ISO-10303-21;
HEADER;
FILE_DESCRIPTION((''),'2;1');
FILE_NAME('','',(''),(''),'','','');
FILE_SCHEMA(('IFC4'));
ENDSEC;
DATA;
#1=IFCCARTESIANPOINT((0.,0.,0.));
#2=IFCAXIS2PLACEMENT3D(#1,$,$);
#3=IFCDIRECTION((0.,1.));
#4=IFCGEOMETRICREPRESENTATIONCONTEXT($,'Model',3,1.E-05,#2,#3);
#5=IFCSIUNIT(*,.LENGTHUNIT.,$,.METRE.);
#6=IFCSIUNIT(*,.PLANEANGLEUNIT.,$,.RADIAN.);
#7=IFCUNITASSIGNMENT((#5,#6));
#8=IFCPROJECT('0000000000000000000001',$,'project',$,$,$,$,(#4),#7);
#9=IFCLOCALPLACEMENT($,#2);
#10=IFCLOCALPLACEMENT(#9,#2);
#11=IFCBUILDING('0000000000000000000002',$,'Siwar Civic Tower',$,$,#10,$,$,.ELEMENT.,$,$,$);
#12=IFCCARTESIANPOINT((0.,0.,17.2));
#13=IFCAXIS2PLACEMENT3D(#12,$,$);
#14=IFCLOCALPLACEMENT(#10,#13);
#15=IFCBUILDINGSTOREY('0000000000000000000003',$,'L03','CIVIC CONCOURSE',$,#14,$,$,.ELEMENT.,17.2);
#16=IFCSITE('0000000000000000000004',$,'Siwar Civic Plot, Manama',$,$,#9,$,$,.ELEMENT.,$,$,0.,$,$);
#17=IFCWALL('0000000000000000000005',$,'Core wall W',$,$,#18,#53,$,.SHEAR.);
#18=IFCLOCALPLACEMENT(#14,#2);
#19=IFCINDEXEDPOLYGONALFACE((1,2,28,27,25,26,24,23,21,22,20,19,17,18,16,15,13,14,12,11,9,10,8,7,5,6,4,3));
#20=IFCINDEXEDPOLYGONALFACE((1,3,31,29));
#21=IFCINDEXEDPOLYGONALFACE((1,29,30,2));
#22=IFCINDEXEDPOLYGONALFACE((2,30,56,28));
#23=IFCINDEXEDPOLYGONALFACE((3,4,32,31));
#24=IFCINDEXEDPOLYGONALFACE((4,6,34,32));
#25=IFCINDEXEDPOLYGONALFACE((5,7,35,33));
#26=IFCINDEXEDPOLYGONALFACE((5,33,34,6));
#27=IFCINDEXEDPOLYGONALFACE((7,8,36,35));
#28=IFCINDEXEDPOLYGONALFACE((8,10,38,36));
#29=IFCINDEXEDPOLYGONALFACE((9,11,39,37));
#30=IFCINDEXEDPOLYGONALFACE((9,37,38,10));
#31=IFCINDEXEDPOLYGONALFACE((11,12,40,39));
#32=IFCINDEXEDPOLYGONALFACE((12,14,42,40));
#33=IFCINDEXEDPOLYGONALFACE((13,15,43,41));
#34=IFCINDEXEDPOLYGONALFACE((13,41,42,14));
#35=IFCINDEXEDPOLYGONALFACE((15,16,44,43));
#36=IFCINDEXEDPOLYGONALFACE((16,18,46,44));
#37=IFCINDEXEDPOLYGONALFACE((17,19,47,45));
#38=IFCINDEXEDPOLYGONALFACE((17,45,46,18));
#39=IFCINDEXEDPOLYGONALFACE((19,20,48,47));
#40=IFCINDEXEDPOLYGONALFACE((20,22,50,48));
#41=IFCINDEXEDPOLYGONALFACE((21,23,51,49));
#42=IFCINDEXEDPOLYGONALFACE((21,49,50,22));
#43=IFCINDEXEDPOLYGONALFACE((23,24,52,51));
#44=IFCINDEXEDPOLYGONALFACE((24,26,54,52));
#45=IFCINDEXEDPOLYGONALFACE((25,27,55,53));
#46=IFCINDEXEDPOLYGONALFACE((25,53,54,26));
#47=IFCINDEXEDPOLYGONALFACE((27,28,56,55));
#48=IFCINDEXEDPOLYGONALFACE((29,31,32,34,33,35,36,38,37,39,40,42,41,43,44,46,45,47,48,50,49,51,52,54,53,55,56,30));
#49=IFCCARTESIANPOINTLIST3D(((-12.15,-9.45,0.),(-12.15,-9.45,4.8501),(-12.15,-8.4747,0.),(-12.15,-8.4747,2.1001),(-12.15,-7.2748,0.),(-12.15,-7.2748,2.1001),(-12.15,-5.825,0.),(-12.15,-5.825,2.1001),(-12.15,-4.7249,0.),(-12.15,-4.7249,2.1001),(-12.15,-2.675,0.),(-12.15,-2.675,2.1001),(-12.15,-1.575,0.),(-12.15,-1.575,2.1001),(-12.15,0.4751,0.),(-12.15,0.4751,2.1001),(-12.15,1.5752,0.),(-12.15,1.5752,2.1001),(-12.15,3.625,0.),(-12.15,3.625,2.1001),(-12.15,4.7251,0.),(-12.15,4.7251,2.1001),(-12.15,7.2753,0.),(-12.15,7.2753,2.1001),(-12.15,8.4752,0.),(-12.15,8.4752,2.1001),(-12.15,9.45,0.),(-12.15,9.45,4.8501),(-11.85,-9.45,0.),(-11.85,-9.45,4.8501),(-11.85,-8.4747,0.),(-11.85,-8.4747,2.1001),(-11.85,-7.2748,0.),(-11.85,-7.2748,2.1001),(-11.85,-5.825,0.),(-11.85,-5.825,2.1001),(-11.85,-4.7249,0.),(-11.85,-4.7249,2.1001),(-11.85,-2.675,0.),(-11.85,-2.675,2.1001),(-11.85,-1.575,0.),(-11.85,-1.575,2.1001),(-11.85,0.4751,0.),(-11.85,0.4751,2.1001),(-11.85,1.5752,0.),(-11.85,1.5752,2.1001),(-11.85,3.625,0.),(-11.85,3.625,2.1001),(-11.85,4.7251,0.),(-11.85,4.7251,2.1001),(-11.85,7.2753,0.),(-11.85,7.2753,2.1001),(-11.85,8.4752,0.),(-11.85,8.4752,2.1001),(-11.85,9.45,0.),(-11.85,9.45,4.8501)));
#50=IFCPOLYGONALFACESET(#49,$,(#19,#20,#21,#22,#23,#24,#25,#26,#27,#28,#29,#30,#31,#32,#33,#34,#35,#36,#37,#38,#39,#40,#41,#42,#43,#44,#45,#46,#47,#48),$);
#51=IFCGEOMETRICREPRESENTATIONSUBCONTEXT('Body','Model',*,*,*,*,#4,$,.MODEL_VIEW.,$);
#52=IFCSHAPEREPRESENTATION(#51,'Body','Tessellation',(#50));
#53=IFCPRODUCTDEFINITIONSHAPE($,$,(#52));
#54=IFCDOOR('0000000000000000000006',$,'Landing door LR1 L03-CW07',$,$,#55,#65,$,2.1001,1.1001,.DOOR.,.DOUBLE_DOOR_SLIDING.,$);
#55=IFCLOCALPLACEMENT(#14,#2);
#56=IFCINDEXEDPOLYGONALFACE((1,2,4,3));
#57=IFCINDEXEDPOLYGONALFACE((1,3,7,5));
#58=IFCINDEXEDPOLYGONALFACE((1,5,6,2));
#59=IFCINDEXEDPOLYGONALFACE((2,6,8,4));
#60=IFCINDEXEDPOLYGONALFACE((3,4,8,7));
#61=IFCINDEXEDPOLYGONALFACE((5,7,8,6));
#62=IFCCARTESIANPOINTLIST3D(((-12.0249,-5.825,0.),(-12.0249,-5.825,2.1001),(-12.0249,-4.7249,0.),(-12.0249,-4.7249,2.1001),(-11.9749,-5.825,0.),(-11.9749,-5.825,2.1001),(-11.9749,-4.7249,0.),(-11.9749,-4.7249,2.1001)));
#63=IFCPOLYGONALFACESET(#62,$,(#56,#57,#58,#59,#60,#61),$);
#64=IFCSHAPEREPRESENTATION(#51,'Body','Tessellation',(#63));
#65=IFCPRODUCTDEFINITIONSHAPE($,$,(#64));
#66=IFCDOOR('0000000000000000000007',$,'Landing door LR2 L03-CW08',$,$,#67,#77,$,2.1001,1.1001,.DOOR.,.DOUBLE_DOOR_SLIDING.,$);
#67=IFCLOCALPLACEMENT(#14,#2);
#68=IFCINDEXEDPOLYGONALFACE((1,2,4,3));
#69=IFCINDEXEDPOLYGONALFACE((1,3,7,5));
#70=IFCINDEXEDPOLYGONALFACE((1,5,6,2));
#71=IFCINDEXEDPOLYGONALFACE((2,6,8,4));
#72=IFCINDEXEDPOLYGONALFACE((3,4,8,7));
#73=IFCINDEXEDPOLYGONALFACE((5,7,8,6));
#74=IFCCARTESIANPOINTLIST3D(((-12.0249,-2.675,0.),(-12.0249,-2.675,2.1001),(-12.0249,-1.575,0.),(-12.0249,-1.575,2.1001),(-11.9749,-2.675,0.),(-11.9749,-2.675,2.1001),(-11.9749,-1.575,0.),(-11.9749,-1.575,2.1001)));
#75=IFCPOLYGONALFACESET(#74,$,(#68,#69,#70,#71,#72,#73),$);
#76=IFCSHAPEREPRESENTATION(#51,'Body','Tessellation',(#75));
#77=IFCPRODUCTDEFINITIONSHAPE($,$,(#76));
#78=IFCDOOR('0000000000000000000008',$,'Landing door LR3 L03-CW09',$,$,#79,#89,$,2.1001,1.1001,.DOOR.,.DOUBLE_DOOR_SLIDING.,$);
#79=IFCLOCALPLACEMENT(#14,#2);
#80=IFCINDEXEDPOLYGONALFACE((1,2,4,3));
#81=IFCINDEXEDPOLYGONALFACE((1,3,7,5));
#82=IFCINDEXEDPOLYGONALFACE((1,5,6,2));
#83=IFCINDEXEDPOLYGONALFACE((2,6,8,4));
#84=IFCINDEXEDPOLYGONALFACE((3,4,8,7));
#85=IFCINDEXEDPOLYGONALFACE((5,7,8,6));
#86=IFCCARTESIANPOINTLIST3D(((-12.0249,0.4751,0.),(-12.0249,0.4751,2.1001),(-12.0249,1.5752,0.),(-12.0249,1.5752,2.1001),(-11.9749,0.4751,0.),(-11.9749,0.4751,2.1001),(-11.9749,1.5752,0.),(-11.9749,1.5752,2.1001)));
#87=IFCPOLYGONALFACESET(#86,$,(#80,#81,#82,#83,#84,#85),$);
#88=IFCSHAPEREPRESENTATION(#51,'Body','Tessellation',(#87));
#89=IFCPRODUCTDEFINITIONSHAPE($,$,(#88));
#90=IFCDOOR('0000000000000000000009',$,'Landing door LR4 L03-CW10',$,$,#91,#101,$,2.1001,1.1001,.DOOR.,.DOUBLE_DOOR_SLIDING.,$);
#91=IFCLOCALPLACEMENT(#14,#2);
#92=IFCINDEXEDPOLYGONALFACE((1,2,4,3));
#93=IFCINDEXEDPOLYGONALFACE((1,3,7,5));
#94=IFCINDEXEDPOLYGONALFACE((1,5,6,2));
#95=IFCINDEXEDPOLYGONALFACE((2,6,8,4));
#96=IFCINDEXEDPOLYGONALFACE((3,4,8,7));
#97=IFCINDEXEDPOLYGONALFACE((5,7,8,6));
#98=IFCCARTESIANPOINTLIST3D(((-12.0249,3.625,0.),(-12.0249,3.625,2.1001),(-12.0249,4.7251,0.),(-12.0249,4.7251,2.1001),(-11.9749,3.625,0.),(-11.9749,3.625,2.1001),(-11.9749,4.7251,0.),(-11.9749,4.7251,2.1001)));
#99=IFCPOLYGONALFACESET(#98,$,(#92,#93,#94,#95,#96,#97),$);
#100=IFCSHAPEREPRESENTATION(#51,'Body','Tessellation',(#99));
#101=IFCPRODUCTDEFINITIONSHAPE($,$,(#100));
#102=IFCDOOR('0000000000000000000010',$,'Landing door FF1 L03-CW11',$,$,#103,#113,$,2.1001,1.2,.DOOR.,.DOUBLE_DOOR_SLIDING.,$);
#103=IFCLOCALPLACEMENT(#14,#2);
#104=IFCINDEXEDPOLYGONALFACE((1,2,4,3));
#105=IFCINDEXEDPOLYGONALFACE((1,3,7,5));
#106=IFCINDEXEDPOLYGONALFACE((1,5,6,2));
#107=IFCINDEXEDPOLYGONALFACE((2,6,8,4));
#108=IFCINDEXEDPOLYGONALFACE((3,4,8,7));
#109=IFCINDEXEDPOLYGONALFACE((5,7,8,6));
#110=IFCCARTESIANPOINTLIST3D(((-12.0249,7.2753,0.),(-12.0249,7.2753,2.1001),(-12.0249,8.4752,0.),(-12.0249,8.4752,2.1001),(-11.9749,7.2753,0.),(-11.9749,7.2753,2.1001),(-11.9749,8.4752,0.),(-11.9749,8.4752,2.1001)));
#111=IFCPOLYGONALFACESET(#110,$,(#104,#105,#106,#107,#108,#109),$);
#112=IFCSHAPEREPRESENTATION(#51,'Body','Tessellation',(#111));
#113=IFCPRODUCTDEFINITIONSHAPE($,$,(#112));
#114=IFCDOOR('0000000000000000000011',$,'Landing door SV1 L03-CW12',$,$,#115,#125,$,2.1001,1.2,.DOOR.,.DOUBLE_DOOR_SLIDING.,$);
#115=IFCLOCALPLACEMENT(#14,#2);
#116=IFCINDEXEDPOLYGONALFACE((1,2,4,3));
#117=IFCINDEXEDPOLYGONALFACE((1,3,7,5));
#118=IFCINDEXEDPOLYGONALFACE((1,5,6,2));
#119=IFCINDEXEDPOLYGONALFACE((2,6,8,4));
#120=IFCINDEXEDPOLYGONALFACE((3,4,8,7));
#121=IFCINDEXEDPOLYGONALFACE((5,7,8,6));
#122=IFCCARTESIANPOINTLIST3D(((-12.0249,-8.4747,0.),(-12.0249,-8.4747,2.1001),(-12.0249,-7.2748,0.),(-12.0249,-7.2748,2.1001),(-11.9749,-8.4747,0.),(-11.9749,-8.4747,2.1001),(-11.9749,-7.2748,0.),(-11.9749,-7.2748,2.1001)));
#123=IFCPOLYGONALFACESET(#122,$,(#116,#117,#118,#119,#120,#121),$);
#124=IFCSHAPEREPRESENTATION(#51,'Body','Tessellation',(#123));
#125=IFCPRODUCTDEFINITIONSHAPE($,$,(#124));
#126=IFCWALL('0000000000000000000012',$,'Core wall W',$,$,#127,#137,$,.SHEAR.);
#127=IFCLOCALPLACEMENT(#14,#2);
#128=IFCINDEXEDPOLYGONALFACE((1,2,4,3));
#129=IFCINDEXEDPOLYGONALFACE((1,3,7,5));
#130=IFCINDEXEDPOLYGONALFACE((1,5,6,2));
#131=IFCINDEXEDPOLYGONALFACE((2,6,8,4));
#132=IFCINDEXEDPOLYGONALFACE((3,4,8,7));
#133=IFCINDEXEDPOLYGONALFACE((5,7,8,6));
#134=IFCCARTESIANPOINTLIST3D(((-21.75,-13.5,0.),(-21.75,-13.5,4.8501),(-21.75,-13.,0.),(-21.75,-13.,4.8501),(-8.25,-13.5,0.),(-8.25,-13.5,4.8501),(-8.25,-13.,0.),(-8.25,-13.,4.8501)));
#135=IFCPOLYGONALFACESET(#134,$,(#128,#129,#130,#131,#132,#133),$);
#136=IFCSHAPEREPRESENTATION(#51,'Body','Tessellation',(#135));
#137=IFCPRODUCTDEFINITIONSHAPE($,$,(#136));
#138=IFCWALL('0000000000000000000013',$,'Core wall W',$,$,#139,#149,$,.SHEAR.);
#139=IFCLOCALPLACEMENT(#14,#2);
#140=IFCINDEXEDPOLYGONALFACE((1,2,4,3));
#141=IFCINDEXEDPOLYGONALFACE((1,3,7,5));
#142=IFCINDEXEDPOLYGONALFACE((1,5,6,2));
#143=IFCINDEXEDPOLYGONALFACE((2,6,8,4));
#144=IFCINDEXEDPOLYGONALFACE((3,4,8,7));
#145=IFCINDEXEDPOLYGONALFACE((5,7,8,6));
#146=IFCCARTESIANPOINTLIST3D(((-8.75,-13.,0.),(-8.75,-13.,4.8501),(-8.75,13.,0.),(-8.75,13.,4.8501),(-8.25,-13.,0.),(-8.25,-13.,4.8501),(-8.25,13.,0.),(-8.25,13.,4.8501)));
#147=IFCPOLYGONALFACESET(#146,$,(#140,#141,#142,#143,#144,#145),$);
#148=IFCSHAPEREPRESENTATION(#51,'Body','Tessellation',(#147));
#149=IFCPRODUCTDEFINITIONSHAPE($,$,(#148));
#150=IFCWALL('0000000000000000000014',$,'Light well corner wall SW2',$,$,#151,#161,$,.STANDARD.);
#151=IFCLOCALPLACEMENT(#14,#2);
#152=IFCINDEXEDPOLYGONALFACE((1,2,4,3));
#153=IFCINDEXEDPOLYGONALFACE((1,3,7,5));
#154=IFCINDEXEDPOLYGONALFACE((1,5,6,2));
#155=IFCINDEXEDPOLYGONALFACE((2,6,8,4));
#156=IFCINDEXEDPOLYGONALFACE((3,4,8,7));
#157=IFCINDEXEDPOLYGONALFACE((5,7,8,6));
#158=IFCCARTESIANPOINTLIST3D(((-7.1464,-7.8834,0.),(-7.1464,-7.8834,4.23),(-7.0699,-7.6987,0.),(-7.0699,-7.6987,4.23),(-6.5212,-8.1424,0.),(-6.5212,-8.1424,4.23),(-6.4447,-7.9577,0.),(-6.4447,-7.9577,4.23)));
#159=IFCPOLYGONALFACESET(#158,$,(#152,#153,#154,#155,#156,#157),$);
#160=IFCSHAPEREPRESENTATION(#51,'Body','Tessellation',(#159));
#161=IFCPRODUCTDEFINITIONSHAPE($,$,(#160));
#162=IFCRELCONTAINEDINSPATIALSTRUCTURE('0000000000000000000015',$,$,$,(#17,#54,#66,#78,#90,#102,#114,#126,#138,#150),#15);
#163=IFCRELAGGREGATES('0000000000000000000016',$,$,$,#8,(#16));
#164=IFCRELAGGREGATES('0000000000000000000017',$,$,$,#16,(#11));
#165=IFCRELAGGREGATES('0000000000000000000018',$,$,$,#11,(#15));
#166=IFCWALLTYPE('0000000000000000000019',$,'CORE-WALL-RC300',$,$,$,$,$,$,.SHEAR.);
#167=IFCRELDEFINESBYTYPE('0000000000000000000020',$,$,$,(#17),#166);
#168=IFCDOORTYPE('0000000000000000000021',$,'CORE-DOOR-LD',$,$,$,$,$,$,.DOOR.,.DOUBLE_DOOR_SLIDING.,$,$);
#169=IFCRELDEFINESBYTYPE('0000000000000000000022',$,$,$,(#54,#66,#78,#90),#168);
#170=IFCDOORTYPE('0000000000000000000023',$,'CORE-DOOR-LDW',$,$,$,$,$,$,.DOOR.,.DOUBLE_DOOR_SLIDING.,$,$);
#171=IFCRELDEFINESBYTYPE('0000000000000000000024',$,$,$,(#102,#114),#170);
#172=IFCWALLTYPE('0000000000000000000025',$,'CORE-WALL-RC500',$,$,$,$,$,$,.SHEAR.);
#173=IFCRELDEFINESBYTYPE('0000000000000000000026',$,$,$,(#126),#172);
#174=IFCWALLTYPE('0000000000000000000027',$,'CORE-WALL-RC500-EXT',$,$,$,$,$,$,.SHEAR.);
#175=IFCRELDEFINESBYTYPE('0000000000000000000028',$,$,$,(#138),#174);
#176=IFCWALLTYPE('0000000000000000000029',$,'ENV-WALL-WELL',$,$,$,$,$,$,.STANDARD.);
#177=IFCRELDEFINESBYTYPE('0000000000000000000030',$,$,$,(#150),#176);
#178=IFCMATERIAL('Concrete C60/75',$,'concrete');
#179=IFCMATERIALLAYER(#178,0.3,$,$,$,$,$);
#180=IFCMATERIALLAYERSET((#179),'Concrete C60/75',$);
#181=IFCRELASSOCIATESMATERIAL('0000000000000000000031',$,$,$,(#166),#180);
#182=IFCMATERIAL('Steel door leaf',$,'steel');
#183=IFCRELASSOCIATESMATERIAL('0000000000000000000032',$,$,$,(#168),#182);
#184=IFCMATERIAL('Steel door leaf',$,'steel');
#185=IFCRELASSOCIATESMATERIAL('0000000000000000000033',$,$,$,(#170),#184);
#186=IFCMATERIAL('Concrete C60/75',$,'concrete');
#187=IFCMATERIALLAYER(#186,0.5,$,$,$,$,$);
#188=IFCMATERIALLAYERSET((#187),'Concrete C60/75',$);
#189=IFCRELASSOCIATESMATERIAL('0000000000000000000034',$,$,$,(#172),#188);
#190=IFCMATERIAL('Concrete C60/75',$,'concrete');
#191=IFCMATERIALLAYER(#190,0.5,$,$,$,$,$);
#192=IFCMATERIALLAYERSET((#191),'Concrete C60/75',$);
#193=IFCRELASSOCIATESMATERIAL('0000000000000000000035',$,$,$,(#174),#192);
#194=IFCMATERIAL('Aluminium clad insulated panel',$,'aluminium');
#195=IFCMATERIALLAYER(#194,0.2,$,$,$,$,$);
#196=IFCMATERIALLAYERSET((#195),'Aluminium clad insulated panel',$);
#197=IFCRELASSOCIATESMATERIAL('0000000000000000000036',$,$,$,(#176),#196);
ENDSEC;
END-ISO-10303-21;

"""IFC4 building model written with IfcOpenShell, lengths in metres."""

from ifc_helpers import new_model, si_unit, direction, frame, frame_2d, origin, place, context, subcontext, project, spatial, rectangle, extrude, material, layer, layer_set, type_object, element, fill, save


model = new_model("IFC4")

# Units and contexts
model_context = context("Model", 3, precision=1e-05, world=origin(), true_north=direction((0.0, 1.0)))
body_context = subcontext(model_context, "Body", "Model", "MODEL_VIEW")
ifc_project = project(units=[si_unit("LENGTHUNIT", "METRE"), si_unit("PLANEANGLEUNIT", "RADIAN")], contexts=[model_context])

# Site, building, storey
site_placement = place(None, origin())
site = spatial("IfcSite", under=ifc_project, at=site_placement, Name="Siwar Civic Plot, Manama", CompositionType="ELEMENT", RefElevation=0.0)
building_placement = place(site_placement, origin())
building = spatial("IfcBuilding", under=site, at=building_placement, Name="Siwar Civic Tower", CompositionType="ELEMENT")
storey_placement = place(building_placement, frame((0.0, 0.0, 17.2)))
storey = spatial("IfcBuildingStorey", under=building, at=storey_placement, Name="L03", Description="CIVIC CONCOURSE", CompositionType="ELEMENT", Elevation=17.2)

# Wall, openings, doors
ifc_material_1 = material(Name="Concrete C60/75", Category="concrete")
ifc_layer_1 = layer(ifc_material_1, 0.3)
ifc_layer_set_1 = layer_set([ifc_layer_1], Name="Concrete C60/75")
wall_type_1 = type_object("IfcWallType", Name="CORE-WALL-RC300", PredefinedType="SHEAR", material=ifc_layer_set_1)
wall_1_placement = place(storey_placement, frame((-12.0, -9.45, 0.0), z_axis=(0.0, 0.0, 1.0), x_axis=(0.0, 1.0, 0.0)))
wall_1 = element("IfcWall", 1, at=wall_1_placement, inside=storey, type_object=wall_type_1, Name="Core wall W", PredefinedType="SHEAR", context=body_context, shape_type="SweptSolid", body=[
    extrude(rectangle(XDim=18.8999, YDim=0.3, at=frame_2d((9.45, 0.0))), origin(), (0.0, 0.0, 1.0), 4.8501),
])
opening_1_placement = place(wall_1_placement, frame((3.625, 0.0, 0.0)))
opening_1 = element("IfcOpeningElement", 2, at=opening_1_placement, cuts=wall_1, PredefinedType="OPENING", context=body_context, shape_type="SweptSolid", body=[
    extrude(rectangle(XDim=1.1001, YDim=2.1001, at=frame_2d((0.55, 1.05))), frame((0.0, 0.1602, 0.0), z_axis=(0.0, -1.0, 0.0), x_axis=(1.0, 0.0, 0.0)), (0.0, 0.0, 1.0), 0.3201),
])
opening_2_placement = place(wall_1_placement, frame((6.7749, 0.0, 0.0)))
opening_2 = element("IfcOpeningElement", 3, at=opening_2_placement, cuts=wall_1, PredefinedType="OPENING", context=body_context, shape_type="SweptSolid", body=[
    extrude(rectangle(XDim=1.1001, YDim=2.1001, at=frame_2d((0.55, 1.05))), frame((0.0, 0.1602, 0.0), z_axis=(0.0, -1.0, 0.0), x_axis=(1.0, 0.0, 0.0)), (0.0, 0.0, 1.0), 0.3201),
])
opening_3_placement = place(wall_1_placement, frame((9.925, 0.0, 0.0)))
opening_3 = element("IfcOpeningElement", 4, at=opening_3_placement, cuts=wall_1, PredefinedType="OPENING", context=body_context, shape_type="SweptSolid", body=[
    extrude(rectangle(XDim=1.1001, YDim=2.1001, at=frame_2d((0.55, 1.05))), frame((0.0, 0.1602, 0.0), z_axis=(0.0, -1.0, 0.0), x_axis=(1.0, 0.0, 0.0)), (0.0, 0.0, 1.0), 0.3201),
])
opening_4_placement = place(wall_1_placement, frame((13.075, 0.0, 0.0)))
opening_4 = element("IfcOpeningElement", 5, at=opening_4_placement, cuts=wall_1, PredefinedType="OPENING", context=body_context, shape_type="SweptSolid", body=[
    extrude(rectangle(XDim=1.1001, YDim=2.1001, at=frame_2d((0.55, 1.05))), frame((0.0, 0.1602, 0.0), z_axis=(0.0, -1.0, 0.0), x_axis=(1.0, 0.0, 0.0)), (0.0, 0.0, 1.0), 0.3201),
])
opening_5_placement = place(wall_1_placement, frame((16.7251, 0.0, 0.0)))
opening_5 = element("IfcOpeningElement", 6, at=opening_5_placement, cuts=wall_1, PredefinedType="OPENING", context=body_context, shape_type="SweptSolid", body=[
    extrude(rectangle(XDim=1.2, YDim=2.1001, at=frame_2d((0.6001, 1.05))), frame((0.0, 0.1602, 0.0), z_axis=(0.0, -1.0, 0.0), x_axis=(1.0, 0.0, 0.0)), (0.0, 0.0, 1.0), 0.3201),
])
opening_6_placement = place(wall_1_placement, frame((0.9751, 0.0, 0.0)))
opening_6 = element("IfcOpeningElement", 7, at=opening_6_placement, cuts=wall_1, PredefinedType="OPENING", context=body_context, shape_type="SweptSolid", body=[
    extrude(rectangle(XDim=1.2, YDim=2.1001, at=frame_2d((0.6001, 1.05))), frame((0.0, 0.1602, 0.0), z_axis=(0.0, -1.0, 0.0), x_axis=(1.0, 0.0, 0.0)), (0.0, 0.0, 1.0), 0.3201),
])
ifc_material_2 = material(Name="Steel door leaf", Category="steel")
door_type_1 = type_object("IfcDoorType", Name="CORE-DOOR-LD", OperationType="DOUBLE_DOOR_SLIDING", PredefinedType="DOOR", material=ifc_material_2)
door_1_placement = place(opening_1_placement, origin())
door_1 = element("IfcDoor", 8, at=door_1_placement, inside=storey, type_object=door_type_1, Name="Landing door LR1 L03-CW07", OperationType="DOUBLE_DOOR_SLIDING", OverallHeight=2.1001, OverallWidth=1.1001, PredefinedType="DOOR", context=body_context, shape_type="SweptSolid", body=[
    extrude(rectangle(XDim=1.1001, YDim=2.1001, at=frame_2d((0.55, 1.05))), frame((0.0, 0.0249, 0.0), z_axis=(0.0, -1.0, 0.0), x_axis=(1.0, 0.0, 0.0)), (0.0, 0.0, 1.0), 0.05),
])
fill(opening_1, door_1)
door_2_placement = place(opening_2_placement, origin())
door_2 = element("IfcDoor", 9, at=door_2_placement, inside=storey, type_object=door_type_1, Name="Landing door LR2 L03-CW08", OperationType="DOUBLE_DOOR_SLIDING", OverallHeight=2.1001, OverallWidth=1.1001, PredefinedType="DOOR", context=body_context, shape_type="SweptSolid", body=[
    extrude(rectangle(XDim=1.1001, YDim=2.1001, at=frame_2d((0.55, 1.05))), frame((0.0, 0.0249, 0.0), z_axis=(0.0, -1.0, 0.0), x_axis=(1.0, 0.0, 0.0)), (0.0, 0.0, 1.0), 0.05),
])
fill(opening_2, door_2)
door_3_placement = place(opening_3_placement, origin())
door_3 = element("IfcDoor", 10, at=door_3_placement, inside=storey, type_object=door_type_1, Name="Landing door LR3 L03-CW09", OperationType="DOUBLE_DOOR_SLIDING", OverallHeight=2.1001, OverallWidth=1.1001, PredefinedType="DOOR", context=body_context, shape_type="SweptSolid", body=[
    extrude(rectangle(XDim=1.1001, YDim=2.1001, at=frame_2d((0.55, 1.05))), frame((0.0, 0.0249, 0.0), z_axis=(0.0, -1.0, 0.0), x_axis=(1.0, 0.0, 0.0)), (0.0, 0.0, 1.0), 0.05),
])
fill(opening_3, door_3)
door_4_placement = place(opening_4_placement, origin())
door_4 = element("IfcDoor", 11, at=door_4_placement, inside=storey, type_object=door_type_1, Name="Landing door LR4 L03-CW10", OperationType="DOUBLE_DOOR_SLIDING", OverallHeight=2.1001, OverallWidth=1.1001, PredefinedType="DOOR", context=body_context, shape_type="SweptSolid", body=[
    extrude(rectangle(XDim=1.1001, YDim=2.1001, at=frame_2d((0.55, 1.05))), frame((0.0, 0.0249, 0.0), z_axis=(0.0, -1.0, 0.0), x_axis=(1.0, 0.0, 0.0)), (0.0, 0.0, 1.0), 0.05),
])
fill(opening_4, door_4)
ifc_material_3 = material(Name="Steel door leaf", Category="steel")
door_type_2 = type_object("IfcDoorType", Name="CORE-DOOR-LDW", OperationType="DOUBLE_DOOR_SLIDING", PredefinedType="DOOR", material=ifc_material_3)
door_5_placement = place(opening_5_placement, origin())
door_5 = element("IfcDoor", 12, at=door_5_placement, inside=storey, type_object=door_type_2, Name="Landing door FF1 L03-CW11", OperationType="DOUBLE_DOOR_SLIDING", OverallHeight=2.1001, OverallWidth=1.2, PredefinedType="DOOR", context=body_context, shape_type="SweptSolid", body=[
    extrude(rectangle(XDim=1.2, YDim=2.1001, at=frame_2d((0.6001, 1.05))), frame((0.0, 0.0249, 0.0), z_axis=(0.0, -1.0, 0.0), x_axis=(1.0, 0.0, 0.0)), (0.0, 0.0, 1.0), 0.05),
])
fill(opening_5, door_5)
door_6_placement = place(opening_6_placement, origin())
door_6 = element("IfcDoor", 13, at=door_6_placement, inside=storey, type_object=door_type_2, Name="Landing door SV1 L03-CW12", OperationType="DOUBLE_DOOR_SLIDING", OverallHeight=2.1001, OverallWidth=1.2, PredefinedType="DOOR", context=body_context, shape_type="SweptSolid", body=[
    extrude(rectangle(XDim=1.2, YDim=2.1001, at=frame_2d((0.6001, 1.05))), frame((0.0, 0.0249, 0.0), z_axis=(0.0, -1.0, 0.0), x_axis=(1.0, 0.0, 0.0)), (0.0, 0.0, 1.0), 0.05),
])
fill(opening_6, door_6)

# Walls
ifc_material_4 = material(Name="Concrete C60/75", Category="concrete")
ifc_layer_2 = layer(ifc_material_4, 0.5)
ifc_layer_set_2 = layer_set([ifc_layer_2], Name="Concrete C60/75")
wall_type_2 = type_object("IfcWallType", Name="CORE-WALL-RC500", PredefinedType="SHEAR", material=ifc_layer_set_2)
wall_2_placement = place(storey_placement, frame((-8.25, -13.25, 0.0), z_axis=(0.0, 0.0, 1.0), x_axis=(-1.0, 0.0, 0.0)))
element("IfcWall", 14, at=wall_2_placement, inside=storey, type_object=wall_type_2, Name="Core wall W", PredefinedType="SHEAR", context=body_context, shape_type="SweptSolid", body=[
    extrude(rectangle(XDim=13.5, YDim=0.5, at=frame_2d((6.75, 0.0))), origin(), (0.0, 0.0, 1.0), 4.8501),
])
ifc_material_5 = material(Name="Concrete C60/75", Category="concrete")
ifc_layer_3 = layer(ifc_material_5, 0.5)
ifc_layer_set_3 = layer_set([ifc_layer_3], Name="Concrete C60/75")
wall_type_3 = type_object("IfcWallType", Name="CORE-WALL-RC500-EXT", PredefinedType="SHEAR", material=ifc_layer_set_3)
wall_3_placement = place(storey_placement, frame((-8.5, -13.0, 0.0), z_axis=(0.0, 0.0, 1.0), x_axis=(0.0, 1.0, 0.0)))
element("IfcWall", 15, at=wall_3_placement, inside=storey, type_object=wall_type_3, Name="Core wall W", PredefinedType="SHEAR", context=body_context, shape_type="SweptSolid", body=[
    extrude(rectangle(XDim=26.0, YDim=0.5, at=frame_2d((13.0, 0.0))), origin(), (0.0, 0.0, 1.0), 4.8501),
])
ifc_material_6 = material(Name="Aluminium clad insulated panel", Category="aluminium")
ifc_layer_4 = layer(ifc_material_6, 0.2)
ifc_layer_set_4 = layer_set([ifc_layer_4], Name="Aluminium clad insulated panel")
wall_type_4 = type_object("IfcWallType", Name="ENV-WALL-WELL", PredefinedType="STANDARD", material=ifc_layer_set_4)
wall_4_placement = place(storey_placement, frame((-7.1082, -7.791, 0.0), z_axis=(0.0, 0.0, 1.0), x_axis=(0.923854, -0.382745, 0.0)))
element("IfcWall", 16, at=wall_4_placement, inside=storey, type_object=wall_type_4, Name="Light well corner wall SW2", PredefinedType="STANDARD", context=body_context, shape_type="SweptSolid", body=[
    extrude(rectangle(XDim=0.6768, YDim=0.2, at=frame_2d((0.3384, 0.0))), origin(), (0.0, 0.0, 1.0), 4.23),
])

save(model, "model.ifc")
